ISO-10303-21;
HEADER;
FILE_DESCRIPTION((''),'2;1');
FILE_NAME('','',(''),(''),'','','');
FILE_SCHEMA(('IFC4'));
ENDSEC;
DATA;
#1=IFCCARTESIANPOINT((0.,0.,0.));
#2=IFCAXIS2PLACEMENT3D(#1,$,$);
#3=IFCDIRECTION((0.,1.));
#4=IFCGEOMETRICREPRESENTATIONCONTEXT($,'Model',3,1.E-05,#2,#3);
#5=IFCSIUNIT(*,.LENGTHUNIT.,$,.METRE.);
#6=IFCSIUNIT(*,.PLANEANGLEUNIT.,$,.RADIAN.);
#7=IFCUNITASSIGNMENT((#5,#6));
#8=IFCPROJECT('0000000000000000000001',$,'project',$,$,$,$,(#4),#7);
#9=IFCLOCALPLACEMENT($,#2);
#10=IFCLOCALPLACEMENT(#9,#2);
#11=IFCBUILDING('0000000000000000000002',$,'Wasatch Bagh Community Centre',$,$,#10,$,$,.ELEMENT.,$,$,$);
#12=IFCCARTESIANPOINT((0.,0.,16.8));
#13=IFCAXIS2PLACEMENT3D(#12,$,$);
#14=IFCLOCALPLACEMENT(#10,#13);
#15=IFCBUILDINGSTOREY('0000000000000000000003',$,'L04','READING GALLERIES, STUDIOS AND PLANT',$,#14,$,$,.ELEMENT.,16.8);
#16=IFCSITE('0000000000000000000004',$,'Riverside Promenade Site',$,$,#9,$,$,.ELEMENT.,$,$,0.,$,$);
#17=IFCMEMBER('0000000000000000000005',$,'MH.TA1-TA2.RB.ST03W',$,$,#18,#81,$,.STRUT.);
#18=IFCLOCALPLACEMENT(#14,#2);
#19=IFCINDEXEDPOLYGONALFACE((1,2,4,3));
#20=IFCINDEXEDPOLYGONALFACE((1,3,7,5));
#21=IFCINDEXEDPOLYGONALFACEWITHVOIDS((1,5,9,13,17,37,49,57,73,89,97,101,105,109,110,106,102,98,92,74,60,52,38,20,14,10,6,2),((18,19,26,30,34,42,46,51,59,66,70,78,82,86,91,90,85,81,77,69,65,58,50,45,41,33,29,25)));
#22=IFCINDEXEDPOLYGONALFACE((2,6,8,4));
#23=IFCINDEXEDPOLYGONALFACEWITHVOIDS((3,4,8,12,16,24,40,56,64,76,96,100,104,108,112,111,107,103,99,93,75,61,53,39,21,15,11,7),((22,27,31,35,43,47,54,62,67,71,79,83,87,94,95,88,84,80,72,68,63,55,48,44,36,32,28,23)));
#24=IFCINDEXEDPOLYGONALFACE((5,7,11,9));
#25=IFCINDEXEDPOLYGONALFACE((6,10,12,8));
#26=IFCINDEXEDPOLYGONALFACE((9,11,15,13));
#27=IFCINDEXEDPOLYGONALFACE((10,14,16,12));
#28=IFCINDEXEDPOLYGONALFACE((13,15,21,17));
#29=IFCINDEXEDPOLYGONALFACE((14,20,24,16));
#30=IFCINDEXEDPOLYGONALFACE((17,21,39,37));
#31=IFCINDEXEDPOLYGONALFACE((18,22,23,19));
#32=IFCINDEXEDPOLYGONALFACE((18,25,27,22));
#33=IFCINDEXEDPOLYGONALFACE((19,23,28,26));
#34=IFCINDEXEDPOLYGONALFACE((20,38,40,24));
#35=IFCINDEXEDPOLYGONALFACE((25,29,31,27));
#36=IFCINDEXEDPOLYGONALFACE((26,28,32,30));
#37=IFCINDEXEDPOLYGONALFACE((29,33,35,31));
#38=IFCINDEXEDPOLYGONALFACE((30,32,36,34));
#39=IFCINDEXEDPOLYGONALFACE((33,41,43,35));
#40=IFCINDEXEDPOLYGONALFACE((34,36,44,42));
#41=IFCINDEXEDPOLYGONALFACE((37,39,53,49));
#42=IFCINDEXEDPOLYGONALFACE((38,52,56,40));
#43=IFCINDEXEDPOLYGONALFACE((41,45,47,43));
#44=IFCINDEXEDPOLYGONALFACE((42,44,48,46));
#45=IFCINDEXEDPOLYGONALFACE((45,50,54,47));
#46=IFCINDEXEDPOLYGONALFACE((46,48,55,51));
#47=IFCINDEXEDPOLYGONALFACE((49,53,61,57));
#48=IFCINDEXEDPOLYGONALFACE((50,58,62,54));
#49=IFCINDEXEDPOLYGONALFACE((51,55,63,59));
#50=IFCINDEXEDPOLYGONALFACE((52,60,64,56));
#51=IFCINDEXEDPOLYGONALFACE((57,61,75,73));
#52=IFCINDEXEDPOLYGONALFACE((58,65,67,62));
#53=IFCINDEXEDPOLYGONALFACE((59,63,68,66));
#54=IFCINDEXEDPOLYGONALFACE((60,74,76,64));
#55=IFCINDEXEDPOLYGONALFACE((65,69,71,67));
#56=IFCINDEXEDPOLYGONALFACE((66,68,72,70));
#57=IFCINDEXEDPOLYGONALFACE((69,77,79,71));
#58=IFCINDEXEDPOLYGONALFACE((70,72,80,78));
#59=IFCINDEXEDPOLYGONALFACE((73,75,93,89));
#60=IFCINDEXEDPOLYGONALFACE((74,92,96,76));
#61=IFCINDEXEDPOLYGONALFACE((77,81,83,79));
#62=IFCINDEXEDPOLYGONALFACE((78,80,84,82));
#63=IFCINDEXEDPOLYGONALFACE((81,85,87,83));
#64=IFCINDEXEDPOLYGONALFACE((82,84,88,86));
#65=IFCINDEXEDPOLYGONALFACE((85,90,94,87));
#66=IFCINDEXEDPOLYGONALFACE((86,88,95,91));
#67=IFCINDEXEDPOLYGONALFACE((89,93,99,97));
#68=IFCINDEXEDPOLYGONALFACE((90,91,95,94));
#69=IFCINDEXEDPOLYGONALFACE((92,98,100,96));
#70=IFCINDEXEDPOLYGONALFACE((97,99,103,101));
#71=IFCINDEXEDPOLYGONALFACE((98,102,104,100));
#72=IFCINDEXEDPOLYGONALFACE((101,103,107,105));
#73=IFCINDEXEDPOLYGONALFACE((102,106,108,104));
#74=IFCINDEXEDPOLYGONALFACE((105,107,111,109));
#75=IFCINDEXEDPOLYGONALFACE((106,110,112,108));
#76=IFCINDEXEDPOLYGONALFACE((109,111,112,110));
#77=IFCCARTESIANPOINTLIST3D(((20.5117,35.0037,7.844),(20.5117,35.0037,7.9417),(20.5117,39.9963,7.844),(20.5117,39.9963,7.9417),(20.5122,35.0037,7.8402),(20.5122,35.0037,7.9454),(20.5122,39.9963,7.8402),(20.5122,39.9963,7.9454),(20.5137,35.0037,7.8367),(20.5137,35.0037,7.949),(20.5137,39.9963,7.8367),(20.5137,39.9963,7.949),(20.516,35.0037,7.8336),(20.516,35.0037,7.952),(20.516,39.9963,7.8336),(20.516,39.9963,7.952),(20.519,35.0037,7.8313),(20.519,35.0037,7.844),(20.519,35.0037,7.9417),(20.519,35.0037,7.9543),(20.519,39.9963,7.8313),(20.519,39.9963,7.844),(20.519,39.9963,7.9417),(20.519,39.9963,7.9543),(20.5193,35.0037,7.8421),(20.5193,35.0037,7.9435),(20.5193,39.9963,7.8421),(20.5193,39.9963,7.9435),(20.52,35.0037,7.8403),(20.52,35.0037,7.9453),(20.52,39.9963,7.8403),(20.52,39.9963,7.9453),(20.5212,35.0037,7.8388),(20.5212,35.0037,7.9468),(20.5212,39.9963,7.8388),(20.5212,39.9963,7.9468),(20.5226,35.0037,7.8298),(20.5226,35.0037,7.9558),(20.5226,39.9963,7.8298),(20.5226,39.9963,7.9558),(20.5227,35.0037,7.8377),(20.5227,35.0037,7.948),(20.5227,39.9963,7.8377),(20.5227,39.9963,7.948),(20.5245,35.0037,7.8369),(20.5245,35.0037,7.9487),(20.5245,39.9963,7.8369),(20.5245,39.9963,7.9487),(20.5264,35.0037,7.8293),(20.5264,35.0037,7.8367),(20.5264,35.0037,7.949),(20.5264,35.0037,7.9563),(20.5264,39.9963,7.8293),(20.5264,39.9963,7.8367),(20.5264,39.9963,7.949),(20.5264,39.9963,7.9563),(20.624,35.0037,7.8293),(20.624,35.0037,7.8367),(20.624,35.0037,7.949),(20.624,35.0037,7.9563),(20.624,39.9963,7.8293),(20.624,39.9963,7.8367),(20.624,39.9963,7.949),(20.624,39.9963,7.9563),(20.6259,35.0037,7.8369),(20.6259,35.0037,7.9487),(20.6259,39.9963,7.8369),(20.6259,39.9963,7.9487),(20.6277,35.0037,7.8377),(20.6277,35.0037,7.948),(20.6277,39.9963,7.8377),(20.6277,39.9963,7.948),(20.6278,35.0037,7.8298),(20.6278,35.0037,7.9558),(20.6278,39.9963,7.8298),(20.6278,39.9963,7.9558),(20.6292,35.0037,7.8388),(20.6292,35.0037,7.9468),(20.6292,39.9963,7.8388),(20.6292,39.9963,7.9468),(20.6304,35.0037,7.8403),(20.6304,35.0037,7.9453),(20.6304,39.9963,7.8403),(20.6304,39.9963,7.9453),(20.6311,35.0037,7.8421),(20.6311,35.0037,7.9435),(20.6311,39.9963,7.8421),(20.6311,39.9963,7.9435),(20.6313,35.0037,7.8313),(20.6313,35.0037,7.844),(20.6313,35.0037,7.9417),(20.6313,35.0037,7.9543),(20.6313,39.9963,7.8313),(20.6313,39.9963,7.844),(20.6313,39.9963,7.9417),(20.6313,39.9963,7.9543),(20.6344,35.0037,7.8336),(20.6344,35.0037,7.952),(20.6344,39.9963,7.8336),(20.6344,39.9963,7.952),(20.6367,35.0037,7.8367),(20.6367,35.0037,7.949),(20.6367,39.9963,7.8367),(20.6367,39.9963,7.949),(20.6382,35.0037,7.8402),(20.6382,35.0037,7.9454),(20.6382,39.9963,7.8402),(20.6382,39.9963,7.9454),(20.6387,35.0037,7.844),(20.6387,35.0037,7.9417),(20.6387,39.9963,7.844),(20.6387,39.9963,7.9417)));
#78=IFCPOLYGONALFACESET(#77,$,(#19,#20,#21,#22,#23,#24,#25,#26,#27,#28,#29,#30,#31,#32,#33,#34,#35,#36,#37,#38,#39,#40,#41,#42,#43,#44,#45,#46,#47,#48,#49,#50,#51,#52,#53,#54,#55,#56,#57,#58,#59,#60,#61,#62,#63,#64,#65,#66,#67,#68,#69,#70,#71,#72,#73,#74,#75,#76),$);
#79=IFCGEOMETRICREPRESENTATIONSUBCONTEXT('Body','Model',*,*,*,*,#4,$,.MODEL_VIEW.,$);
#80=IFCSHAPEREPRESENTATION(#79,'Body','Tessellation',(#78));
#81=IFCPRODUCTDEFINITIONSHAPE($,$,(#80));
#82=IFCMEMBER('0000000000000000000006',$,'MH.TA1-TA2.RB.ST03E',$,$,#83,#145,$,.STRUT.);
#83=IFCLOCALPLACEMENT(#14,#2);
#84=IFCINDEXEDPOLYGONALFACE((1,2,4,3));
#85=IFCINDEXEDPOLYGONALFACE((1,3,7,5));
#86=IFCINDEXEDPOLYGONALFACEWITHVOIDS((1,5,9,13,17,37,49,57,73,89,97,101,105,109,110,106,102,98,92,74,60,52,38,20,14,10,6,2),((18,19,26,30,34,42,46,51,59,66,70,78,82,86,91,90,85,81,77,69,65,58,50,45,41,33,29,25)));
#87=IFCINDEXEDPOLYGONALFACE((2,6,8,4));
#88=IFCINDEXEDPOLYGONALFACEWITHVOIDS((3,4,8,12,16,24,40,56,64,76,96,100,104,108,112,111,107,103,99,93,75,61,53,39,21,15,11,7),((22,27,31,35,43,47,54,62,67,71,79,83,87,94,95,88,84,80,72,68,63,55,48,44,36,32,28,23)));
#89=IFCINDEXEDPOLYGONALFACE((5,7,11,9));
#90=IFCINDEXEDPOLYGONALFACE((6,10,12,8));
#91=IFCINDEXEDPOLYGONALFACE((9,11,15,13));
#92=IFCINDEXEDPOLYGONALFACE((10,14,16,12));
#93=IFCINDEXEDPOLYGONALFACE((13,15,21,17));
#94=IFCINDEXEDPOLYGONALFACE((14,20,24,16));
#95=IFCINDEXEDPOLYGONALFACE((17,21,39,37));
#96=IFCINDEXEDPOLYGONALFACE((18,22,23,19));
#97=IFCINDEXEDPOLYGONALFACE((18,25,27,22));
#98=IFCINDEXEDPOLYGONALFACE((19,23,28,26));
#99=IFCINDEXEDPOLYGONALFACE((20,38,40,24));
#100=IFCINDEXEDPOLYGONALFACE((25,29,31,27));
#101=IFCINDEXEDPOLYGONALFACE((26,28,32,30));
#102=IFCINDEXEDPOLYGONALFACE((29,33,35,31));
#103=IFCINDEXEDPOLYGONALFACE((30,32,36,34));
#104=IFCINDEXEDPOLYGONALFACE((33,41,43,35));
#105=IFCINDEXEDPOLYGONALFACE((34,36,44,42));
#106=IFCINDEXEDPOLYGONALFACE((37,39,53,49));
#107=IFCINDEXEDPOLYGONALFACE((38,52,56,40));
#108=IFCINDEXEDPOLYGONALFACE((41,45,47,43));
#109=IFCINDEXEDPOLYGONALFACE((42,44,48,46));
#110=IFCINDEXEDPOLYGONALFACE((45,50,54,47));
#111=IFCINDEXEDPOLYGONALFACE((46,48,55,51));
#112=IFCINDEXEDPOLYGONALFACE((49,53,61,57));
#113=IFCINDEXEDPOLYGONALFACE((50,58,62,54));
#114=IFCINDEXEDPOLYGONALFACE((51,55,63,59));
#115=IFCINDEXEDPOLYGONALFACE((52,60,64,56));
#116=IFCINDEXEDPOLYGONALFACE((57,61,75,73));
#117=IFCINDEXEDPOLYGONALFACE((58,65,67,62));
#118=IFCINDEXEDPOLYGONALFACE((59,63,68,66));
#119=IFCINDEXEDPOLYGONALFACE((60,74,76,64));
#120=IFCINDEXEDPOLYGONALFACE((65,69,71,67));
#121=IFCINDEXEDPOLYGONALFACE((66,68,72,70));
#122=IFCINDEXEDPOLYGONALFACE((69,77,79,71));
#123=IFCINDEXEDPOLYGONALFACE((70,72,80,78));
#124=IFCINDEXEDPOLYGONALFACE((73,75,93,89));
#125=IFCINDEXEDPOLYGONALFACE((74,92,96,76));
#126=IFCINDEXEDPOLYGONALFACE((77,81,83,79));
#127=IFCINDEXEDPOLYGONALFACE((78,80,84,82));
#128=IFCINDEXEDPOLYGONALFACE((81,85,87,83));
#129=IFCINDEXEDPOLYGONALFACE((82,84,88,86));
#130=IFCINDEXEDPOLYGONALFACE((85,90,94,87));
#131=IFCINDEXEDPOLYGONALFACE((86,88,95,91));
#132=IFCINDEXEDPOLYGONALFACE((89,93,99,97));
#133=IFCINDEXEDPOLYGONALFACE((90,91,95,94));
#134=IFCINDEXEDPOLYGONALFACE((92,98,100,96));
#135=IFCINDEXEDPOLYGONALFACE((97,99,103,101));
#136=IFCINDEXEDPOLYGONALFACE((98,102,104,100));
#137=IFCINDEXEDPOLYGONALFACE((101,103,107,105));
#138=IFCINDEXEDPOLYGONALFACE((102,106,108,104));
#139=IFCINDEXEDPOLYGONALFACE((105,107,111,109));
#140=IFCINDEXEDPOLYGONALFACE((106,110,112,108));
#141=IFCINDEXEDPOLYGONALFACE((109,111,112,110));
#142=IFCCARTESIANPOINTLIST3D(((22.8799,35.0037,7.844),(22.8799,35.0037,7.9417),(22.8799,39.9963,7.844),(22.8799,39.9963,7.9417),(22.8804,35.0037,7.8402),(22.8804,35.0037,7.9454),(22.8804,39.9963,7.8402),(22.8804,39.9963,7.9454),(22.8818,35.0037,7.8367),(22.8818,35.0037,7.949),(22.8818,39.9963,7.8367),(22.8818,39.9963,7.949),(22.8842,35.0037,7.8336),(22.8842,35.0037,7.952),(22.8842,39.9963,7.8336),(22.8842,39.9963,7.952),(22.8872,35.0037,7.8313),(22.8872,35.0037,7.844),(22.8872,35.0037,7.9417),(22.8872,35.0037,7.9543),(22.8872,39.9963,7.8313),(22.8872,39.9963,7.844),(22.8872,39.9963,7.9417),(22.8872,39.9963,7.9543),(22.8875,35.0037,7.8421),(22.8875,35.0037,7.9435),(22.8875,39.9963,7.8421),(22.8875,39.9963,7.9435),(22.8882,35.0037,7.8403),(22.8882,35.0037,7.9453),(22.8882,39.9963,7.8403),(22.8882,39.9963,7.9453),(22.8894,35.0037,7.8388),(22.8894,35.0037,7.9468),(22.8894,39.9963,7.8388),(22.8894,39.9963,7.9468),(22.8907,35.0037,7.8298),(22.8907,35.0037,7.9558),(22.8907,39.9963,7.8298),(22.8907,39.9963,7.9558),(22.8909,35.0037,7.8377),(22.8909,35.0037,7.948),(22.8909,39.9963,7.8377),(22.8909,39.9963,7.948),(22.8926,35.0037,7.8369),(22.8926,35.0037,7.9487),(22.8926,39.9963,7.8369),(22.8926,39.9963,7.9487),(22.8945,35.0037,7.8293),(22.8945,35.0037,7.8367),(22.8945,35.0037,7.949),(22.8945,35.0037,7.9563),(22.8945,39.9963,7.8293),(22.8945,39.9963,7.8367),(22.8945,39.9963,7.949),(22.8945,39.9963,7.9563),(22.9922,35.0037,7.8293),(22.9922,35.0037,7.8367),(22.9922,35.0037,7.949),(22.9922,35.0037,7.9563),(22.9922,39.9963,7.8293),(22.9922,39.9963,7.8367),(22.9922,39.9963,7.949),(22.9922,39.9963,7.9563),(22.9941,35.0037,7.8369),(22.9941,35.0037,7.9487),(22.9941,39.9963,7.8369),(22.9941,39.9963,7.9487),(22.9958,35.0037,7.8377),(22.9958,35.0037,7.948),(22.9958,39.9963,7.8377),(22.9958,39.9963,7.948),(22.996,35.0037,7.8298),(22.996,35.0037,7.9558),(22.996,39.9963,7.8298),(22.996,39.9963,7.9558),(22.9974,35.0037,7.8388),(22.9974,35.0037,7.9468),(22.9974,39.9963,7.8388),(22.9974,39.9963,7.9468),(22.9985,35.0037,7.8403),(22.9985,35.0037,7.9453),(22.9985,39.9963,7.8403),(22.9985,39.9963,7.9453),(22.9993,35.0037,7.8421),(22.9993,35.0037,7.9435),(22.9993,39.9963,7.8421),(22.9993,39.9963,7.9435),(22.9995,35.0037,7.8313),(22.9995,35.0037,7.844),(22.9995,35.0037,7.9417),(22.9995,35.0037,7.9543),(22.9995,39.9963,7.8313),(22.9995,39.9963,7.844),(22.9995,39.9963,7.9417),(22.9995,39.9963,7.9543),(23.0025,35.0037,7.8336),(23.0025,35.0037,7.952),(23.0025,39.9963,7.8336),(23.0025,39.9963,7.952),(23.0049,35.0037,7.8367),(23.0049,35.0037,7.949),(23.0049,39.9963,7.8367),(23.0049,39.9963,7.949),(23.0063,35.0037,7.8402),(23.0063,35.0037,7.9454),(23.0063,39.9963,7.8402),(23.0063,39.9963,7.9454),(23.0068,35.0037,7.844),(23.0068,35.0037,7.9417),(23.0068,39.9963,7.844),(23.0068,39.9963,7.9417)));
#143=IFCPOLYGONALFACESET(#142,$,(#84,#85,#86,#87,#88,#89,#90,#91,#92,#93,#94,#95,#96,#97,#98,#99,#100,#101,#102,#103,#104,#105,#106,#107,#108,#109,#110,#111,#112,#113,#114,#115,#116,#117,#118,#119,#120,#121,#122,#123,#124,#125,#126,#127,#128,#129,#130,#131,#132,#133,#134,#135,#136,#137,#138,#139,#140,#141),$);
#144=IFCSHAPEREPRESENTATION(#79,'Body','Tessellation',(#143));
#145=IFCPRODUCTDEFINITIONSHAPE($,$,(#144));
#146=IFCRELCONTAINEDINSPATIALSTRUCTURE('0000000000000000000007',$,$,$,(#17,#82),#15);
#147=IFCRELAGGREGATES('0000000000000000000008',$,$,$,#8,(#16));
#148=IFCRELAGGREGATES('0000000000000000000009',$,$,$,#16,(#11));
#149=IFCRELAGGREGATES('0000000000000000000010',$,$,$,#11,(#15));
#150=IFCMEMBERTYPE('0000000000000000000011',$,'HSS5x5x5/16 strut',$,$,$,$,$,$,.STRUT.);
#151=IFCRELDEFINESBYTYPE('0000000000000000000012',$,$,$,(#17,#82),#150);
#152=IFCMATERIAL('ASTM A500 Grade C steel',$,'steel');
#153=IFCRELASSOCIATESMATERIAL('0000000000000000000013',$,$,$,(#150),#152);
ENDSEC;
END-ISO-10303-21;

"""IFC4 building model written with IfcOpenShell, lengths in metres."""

from ifc_helpers import new_model, si_unit, direction, frame, origin, origin_2d, place, context, subcontext, project, spatial, hollow_rectangle, extrude, material, material_profile, profile_set, type_object, element, save


model = new_model("IFC4")

# Units and contexts
model_context = context("Model", 3, precision=1e-05, world=origin(), true_north=direction((0.0, 1.0)))
body_context = subcontext(model_context, "Body", "Model", "MODEL_VIEW")
ifc_project = project(units=[si_unit("LENGTHUNIT", "METRE"), si_unit("PLANEANGLEUNIT", "RADIAN")], contexts=[model_context])

# Site, building, storey
site_placement = place(None, origin())
site = spatial("IfcSite", under=ifc_project, at=site_placement, Name="Riverside Promenade Site", CompositionType="ELEMENT", RefElevation=0.0)
building_placement = place(site_placement, origin())
building = spatial("IfcBuilding", under=site, at=building_placement, Name="Wasatch Bagh Community Centre", CompositionType="ELEMENT")
storey_placement = place(building_placement, frame((0.0, 0.0, 16.8)))
storey = spatial("IfcBuildingStorey", under=building, at=storey_placement, Name="L04", Description="READING GALLERIES, STUDIOS AND PLANT", CompositionType="ELEMENT", Elevation=16.8)

# Members
ifc_material_1 = material(Name="ASTM A500 Grade C steel", Category="steel")
ifc_material_profile_1 = material_profile(ifc_material_1, hollow_rectangle(XDim=0.127, YDim=0.127, WallThickness=0.0073, InnerFilletRadius=0.0073, OuterFilletRadius=0.0146, at=origin_2d()), Name="HSS5x5x5/16")
ifc_profile_set_1 = profile_set([ifc_material_profile_1], Name="ASTM A500 Grade C steel")
member_type_1 = type_object("IfcMemberType", Name="HSS5x5x5/16 strut", PredefinedType="STRUT", material=ifc_profile_set_1)
for number, where, z_axis, x_axis, name in (
    (1, (20.5752, 35.0037, 7.8928), (0.0, 1.0, 0.0), (-1.0, 0.0, 0.0), "MH.TA1-TA2.RB.ST03W"),
    (2, (22.9434, 35.0037, 7.8928), (0.0, 1.0, 0.0), (-1.0, 0.0, 0.0), "MH.TA1-TA2.RB.ST03E"),
):
    element("IfcMember", number, at=place(storey_placement, frame(where, z_axis=z_axis, x_axis=x_axis)), inside=storey, type_object=member_type_1, Name=name, PredefinedType="STRUT", context=body_context, shape_type="SweptSolid", body=[
        extrude(hollow_rectangle(XDim=0.127, YDim=0.127, WallThickness=0.0073, InnerFilletRadius=0.0073, OuterFilletRadius=0.0146, at=origin_2d()), origin(), (0.0, 0.0, 1.0), 4.9927),
    ])

save(model, "model.ifc")
